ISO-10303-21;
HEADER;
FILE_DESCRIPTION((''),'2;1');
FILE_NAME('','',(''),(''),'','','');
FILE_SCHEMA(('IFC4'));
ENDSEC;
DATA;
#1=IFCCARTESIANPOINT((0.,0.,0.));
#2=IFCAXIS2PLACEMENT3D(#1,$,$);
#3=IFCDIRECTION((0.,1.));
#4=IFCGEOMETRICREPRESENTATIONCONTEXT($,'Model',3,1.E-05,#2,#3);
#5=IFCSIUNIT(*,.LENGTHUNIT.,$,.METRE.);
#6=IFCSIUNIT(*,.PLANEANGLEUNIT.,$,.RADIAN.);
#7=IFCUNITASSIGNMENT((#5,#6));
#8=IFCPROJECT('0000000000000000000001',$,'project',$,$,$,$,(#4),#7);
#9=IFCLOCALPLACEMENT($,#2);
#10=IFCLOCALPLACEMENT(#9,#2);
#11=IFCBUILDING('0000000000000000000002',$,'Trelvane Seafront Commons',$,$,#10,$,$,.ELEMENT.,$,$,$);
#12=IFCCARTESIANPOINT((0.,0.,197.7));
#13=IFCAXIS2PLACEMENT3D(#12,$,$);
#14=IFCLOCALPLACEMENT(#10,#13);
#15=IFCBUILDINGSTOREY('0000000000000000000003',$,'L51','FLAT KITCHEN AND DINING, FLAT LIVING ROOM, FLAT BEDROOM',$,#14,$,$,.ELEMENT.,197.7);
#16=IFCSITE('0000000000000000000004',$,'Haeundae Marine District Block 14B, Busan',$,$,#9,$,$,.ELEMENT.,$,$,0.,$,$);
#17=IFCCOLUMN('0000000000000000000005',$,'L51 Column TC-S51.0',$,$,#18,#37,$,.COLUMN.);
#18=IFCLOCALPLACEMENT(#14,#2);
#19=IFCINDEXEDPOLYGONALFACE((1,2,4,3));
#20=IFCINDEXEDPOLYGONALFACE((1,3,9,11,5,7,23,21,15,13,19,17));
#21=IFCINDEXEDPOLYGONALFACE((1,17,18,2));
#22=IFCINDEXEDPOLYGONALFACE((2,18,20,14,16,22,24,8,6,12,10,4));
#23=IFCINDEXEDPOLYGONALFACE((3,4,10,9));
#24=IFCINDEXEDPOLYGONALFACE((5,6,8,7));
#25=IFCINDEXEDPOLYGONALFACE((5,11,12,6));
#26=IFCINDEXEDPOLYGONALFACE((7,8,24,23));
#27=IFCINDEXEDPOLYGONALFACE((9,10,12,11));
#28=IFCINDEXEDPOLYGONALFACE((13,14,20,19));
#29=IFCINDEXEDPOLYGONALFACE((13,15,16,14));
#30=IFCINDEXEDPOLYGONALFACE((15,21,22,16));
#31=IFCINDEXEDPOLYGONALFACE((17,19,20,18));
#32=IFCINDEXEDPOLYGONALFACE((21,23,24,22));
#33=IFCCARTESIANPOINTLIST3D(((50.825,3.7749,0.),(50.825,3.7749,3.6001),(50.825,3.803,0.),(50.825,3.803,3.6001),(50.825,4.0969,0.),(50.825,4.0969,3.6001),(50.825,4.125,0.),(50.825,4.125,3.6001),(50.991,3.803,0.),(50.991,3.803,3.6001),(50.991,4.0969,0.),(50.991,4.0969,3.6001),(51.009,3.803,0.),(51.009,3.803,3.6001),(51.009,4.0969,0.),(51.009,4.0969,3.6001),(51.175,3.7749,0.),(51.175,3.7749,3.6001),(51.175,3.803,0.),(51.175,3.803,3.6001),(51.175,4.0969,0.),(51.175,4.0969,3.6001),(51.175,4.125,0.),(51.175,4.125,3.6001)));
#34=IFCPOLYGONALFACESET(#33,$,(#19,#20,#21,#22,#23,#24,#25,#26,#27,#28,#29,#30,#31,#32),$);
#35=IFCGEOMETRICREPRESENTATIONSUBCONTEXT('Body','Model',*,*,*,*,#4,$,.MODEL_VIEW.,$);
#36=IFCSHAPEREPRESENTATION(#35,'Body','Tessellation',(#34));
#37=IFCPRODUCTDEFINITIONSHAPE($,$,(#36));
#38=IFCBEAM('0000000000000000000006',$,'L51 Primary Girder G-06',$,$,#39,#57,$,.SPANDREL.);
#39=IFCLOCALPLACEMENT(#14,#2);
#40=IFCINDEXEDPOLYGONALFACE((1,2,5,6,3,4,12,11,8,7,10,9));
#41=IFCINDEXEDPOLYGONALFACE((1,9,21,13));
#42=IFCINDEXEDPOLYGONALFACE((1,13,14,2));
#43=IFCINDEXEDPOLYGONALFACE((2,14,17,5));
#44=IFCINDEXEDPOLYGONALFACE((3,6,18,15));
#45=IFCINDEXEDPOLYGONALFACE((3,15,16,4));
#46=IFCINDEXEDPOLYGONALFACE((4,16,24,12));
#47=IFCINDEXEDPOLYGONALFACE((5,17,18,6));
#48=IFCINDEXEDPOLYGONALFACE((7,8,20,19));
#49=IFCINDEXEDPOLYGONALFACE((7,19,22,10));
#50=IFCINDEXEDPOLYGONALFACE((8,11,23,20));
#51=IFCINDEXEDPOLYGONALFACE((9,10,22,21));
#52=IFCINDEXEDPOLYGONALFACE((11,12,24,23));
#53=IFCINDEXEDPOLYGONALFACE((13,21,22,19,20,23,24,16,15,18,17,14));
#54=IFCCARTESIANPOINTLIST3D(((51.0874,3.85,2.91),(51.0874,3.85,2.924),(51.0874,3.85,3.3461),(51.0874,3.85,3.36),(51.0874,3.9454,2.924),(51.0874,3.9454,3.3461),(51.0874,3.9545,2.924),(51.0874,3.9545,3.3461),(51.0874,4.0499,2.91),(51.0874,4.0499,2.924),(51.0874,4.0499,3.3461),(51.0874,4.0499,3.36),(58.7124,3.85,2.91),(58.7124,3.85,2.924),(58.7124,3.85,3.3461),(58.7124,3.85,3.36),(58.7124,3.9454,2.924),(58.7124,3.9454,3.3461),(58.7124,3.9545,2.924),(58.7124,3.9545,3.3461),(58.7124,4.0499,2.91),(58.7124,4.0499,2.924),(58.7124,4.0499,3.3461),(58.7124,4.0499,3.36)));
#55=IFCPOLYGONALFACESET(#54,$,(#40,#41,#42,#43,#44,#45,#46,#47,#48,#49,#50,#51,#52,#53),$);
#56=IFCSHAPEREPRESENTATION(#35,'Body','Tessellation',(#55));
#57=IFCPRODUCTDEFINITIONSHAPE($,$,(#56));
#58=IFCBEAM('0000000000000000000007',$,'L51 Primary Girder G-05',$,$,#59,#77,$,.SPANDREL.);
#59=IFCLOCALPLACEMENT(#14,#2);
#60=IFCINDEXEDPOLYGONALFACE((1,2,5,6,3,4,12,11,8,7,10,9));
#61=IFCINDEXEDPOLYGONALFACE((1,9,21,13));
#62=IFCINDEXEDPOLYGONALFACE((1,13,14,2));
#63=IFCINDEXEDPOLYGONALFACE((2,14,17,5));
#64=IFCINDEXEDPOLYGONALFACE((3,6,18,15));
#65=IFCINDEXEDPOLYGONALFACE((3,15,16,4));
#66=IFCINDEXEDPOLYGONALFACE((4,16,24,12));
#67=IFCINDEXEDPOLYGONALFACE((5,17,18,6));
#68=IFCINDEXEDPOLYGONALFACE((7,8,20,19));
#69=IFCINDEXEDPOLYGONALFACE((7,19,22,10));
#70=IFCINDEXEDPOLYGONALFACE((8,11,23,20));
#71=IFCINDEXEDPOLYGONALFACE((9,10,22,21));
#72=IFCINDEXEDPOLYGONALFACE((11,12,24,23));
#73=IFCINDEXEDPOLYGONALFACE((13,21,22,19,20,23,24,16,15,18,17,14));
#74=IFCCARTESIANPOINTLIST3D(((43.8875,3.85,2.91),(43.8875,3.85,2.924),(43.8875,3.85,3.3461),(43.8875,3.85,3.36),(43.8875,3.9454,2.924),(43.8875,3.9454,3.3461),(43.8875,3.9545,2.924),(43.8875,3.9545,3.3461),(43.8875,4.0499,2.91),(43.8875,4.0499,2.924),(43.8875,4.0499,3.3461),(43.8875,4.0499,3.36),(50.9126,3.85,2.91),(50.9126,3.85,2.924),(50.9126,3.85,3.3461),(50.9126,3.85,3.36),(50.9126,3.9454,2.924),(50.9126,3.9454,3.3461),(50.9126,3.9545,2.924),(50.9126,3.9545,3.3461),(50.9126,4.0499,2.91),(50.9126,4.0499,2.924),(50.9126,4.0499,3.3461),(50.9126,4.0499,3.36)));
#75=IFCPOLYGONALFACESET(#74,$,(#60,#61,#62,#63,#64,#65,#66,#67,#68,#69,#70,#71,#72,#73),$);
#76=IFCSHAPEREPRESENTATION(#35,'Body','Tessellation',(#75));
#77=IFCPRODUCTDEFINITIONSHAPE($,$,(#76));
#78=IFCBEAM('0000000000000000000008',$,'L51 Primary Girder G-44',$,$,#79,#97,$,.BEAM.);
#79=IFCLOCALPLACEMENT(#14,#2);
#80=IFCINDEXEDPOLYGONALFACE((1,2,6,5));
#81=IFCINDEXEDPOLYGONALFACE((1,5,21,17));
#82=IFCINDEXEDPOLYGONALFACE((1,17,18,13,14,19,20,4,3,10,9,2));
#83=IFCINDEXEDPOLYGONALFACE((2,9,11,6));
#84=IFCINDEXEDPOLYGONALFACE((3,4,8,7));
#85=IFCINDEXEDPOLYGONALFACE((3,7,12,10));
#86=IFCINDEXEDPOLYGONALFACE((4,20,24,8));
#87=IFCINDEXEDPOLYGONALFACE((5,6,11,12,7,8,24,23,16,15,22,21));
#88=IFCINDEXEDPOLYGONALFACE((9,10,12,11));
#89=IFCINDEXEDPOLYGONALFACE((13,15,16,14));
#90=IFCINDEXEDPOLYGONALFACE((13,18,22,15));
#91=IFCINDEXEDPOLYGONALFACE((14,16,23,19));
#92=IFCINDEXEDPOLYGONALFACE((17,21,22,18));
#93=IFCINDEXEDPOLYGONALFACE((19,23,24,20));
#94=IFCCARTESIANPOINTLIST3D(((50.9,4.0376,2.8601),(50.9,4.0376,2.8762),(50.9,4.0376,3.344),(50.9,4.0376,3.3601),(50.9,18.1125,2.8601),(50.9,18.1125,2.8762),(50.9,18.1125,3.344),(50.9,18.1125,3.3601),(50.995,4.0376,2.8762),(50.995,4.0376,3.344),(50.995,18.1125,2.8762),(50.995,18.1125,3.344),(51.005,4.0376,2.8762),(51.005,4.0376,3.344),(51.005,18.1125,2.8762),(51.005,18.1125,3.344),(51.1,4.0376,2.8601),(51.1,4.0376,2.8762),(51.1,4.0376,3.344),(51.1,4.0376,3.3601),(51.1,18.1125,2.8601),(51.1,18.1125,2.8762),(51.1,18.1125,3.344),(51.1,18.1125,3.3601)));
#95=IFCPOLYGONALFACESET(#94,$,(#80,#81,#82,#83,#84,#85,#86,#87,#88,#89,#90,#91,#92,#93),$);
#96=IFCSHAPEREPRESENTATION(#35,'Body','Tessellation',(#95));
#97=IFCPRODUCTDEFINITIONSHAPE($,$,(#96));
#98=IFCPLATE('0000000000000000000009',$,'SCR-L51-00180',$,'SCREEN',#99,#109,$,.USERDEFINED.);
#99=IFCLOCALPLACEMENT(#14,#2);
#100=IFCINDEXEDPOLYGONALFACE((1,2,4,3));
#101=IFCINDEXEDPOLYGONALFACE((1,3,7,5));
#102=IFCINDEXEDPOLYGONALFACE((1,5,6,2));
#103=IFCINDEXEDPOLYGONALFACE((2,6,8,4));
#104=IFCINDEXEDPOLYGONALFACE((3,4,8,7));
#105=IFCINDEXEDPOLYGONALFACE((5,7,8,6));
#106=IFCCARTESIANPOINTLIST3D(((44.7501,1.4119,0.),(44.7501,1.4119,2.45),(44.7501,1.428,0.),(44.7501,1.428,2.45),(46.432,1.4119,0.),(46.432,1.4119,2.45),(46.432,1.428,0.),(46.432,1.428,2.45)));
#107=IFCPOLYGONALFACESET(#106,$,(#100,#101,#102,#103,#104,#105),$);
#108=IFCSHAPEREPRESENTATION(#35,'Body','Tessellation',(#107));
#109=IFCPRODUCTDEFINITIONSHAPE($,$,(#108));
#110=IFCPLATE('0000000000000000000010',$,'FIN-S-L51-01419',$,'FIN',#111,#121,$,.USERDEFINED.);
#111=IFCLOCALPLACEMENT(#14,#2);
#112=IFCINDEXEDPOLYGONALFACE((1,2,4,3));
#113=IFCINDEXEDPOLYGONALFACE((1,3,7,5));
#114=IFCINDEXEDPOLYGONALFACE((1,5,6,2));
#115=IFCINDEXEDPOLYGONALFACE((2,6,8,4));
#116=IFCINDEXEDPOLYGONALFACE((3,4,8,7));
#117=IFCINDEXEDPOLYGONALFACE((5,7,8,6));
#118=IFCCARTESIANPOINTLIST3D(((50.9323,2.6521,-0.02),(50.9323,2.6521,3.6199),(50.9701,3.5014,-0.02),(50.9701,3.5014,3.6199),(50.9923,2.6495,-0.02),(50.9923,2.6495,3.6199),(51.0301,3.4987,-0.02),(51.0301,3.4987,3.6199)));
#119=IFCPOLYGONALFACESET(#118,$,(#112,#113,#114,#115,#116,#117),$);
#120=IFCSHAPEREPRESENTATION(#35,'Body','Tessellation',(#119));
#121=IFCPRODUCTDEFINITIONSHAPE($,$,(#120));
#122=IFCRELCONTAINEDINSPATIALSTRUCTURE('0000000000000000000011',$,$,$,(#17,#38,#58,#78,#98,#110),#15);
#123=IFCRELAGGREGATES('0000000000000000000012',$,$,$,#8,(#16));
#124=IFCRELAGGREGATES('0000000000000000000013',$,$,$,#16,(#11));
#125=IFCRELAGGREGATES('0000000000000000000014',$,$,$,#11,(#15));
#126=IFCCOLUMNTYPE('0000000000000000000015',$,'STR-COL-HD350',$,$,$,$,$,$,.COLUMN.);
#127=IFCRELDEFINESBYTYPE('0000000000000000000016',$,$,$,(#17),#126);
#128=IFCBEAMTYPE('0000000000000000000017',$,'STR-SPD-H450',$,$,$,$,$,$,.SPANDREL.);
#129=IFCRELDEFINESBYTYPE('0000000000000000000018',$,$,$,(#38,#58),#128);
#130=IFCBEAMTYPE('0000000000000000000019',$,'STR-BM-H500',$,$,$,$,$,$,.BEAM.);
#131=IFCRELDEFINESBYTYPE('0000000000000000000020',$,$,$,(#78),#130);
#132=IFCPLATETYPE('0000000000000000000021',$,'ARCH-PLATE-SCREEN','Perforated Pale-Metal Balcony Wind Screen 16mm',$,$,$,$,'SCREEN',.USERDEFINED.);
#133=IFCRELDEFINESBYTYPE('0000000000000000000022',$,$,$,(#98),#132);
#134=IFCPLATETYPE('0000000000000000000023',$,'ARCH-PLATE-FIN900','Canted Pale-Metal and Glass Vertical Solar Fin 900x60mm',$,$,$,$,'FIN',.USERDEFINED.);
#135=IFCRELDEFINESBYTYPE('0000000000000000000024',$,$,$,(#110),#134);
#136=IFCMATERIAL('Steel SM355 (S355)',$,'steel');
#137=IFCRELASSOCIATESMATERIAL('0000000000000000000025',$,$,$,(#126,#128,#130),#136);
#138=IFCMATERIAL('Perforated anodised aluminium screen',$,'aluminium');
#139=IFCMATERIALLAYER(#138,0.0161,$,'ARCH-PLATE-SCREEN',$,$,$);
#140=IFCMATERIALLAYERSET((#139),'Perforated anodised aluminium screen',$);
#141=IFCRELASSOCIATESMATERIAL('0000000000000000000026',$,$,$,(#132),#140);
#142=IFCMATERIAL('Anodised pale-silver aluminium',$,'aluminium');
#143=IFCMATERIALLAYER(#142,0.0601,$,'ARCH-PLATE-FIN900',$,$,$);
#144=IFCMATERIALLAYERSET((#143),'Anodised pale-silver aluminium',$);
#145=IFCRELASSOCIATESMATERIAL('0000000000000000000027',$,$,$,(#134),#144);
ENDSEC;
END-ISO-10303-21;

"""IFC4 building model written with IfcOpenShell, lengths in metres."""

from ifc_helpers import new_model, si_unit, direction, frame, origin, origin_2d, place, context, subcontext, project, spatial, rectangle, i_section, extrude, source, transform, mapped, material, layer, layer_set, material_profile, profile_set, type_object, element, save


model = new_model("IFC4")

# Units and contexts
model_context = context("Model", 3, precision=1e-05, world=origin(), true_north=direction((0.0, 1.0)))
body_context = subcontext(model_context, "Body", "Model", "MODEL_VIEW")
ifc_project = project(units=[si_unit("LENGTHUNIT", "METRE"), si_unit("PLANEANGLEUNIT", "RADIAN")], contexts=[model_context])

# Site, building, storey
site_placement = place(None, origin())
site = spatial("IfcSite", under=ifc_project, at=site_placement, Name="Haeundae Marine District Block 14B, Busan", CompositionType="ELEMENT", RefElevation=0.0)
building_placement = place(site_placement, origin())
building = spatial("IfcBuilding", under=site, at=building_placement, Name="Trelvane Seafront Commons", CompositionType="ELEMENT")
storey_placement = place(building_placement, frame((0.0, 0.0, 197.7)))
storey = spatial("IfcBuildingStorey", under=building, at=storey_placement, Name="L51", Description="FLAT KITCHEN AND DINING, FLAT LIVING ROOM, FLAT BEDROOM", CompositionType="ELEMENT", Elevation=197.7)

# Column
ifc_material_1 = material(Name="Steel SM355 (S355)", Category="steel")
ifc_material_profile_1 = material_profile(ifc_material_1, i_section(OverallWidth=0.3501, OverallDepth=0.3501, WebThickness=0.0181, FlangeThickness=0.0281, at=origin_2d()), Name="HD-350x350x18x28")
ifc_profile_set_1 = profile_set([ifc_material_profile_1], Name="Steel SM355 (S355)")
column_type = type_object("IfcColumnType", Name="STR-COL-HD350", PredefinedType="COLUMN", material=ifc_profile_set_1)
shared_shape_1 = source(origin(), body_context, "Body", "SweptSolid", [
    extrude(i_section(OverallWidth=0.3501, OverallDepth=0.3501, WebThickness=0.0181, FlangeThickness=0.0281, at=origin_2d()), origin(), (0.0, 0.0, 1.0), 3.6001),
])
column_placement = place(storey_placement, frame((51.0, 3.95, 0.0), z_axis=(0.0, 0.0, 1.0), x_axis=(1.0, 0.0, 0.0)))
element("IfcColumn", 1, at=column_placement, inside=storey, type_object=column_type, Name="L51 Column TC-S51.0", PredefinedType="COLUMN", context=body_context, shape_type="MappedRepresentation", body=[
    mapped(shared_shape_1, transform((0.0, 0.0, 0.0), x_axis=(1.0, 0.0, 0.0), y_axis=(0.0, 1.0, 0.0), z_axis=(0.0, 0.0, 1.0), scale=1.0)),
])

# Beams
ifc_material_profile_2 = material_profile(ifc_material_1, i_section(OverallWidth=0.2, OverallDepth=0.45, WebThickness=0.009, FlangeThickness=0.0139, at=origin_2d()), Name="H-450x200x9x14")
ifc_profile_set_2 = profile_set([ifc_material_profile_2], Name="Steel SM355 (S355)")
beam_type_1 = type_object("IfcBeamType", Name="STR-SPD-H450", PredefinedType="SPANDREL", material=ifc_profile_set_2)
shared_shape_2 = source(origin(), body_context, "Body", "SweptSolid", [
    extrude(i_section(OverallWidth=0.2, OverallDepth=0.45, WebThickness=0.009, FlangeThickness=0.0139, at=origin_2d()), origin(), (0.0, 0.0, 1.0), 7.625),
])
beam_1_placement = place(storey_placement, frame((51.0874, 3.95, 3.135), z_axis=(1.0, 0.0, 0.0), x_axis=(0.0, 1.0, 0.0)))
element("IfcBeam", 2, at=beam_1_placement, inside=storey, type_object=beam_type_1, Name="L51 Primary Girder G-06", PredefinedType="SPANDREL", context=body_context, shape_type="MappedRepresentation", body=[
    mapped(shared_shape_2, transform((0.0, 0.0, 0.0), x_axis=(1.0, 0.0, 0.0), y_axis=(0.0, 1.0, 0.0), z_axis=(0.0, 0.0, 1.0), scale=1.0)),
])
shared_shape_3 = source(origin(), body_context, "Body", "SweptSolid", [
    extrude(i_section(OverallWidth=0.2, OverallDepth=0.45, WebThickness=0.009, FlangeThickness=0.0139, at=origin_2d()), origin(), (0.0, 0.0, 1.0), 7.0251),
])
beam_2_placement = place(storey_placement, frame((43.8875, 3.95, 3.135), z_axis=(1.0, 0.0, 0.0), x_axis=(0.0, 1.0, 0.0)))
element("IfcBeam", 3, at=beam_2_placement, inside=storey, type_object=beam_type_1, Name="L51 Primary Girder G-05", PredefinedType="SPANDREL", context=body_context, shape_type="MappedRepresentation", body=[
    mapped(shared_shape_3, transform((0.0, 0.0, 0.0), x_axis=(1.0, 0.0, 0.0), y_axis=(0.0, 1.0, 0.0), z_axis=(0.0, 0.0, 1.0), scale=1.0)),
])
ifc_material_profile_3 = material_profile(ifc_material_1, i_section(OverallWidth=0.2, OverallDepth=0.5, WebThickness=0.01, FlangeThickness=0.0161, at=origin_2d()), Name="H-500x200x10x16")
ifc_profile_set_3 = profile_set([ifc_material_profile_3], Name="Steel SM355 (S355)")
beam_type_2 = type_object("IfcBeamType", Name="STR-BM-H500", PredefinedType="BEAM", material=ifc_profile_set_3)
shared_shape_4 = source(origin(), body_context, "Body", "SweptSolid", [
    extrude(i_section(OverallWidth=0.2, OverallDepth=0.5, WebThickness=0.01, FlangeThickness=0.0161, at=origin_2d()), origin(), (0.0, 0.0, 1.0), 14.075),
])
beam_3_placement = place(storey_placement, frame((51.0, 4.0376, 3.1101), z_axis=(0.0, 1.0, 0.0), x_axis=(-1.0, 0.0, 0.0)))
element("IfcBeam", 4, at=beam_3_placement, inside=storey, type_object=beam_type_2, Name="L51 Primary Girder G-44", PredefinedType="BEAM", context=body_context, shape_type="MappedRepresentation", body=[
    mapped(shared_shape_4, transform((0.0, 0.0, 0.0), x_axis=(1.0, 0.0, 0.0), y_axis=(0.0, 1.0, 0.0), z_axis=(0.0, 0.0, 1.0), scale=1.0)),
])

# Plates
ifc_material_2 = material(Name="Perforated anodised aluminium screen", Category="aluminium")
ifc_layer_1 = layer(ifc_material_2, 0.0161, Name="ARCH-PLATE-SCREEN")
ifc_layer_set_1 = layer_set([ifc_layer_1], Name="Perforated anodised aluminium screen")
plate_type_1 = type_object("IfcPlateType", Name="ARCH-PLATE-SCREEN", Description="Perforated Pale-Metal Balcony Wind Screen 16mm", ElementType="SCREEN", PredefinedType="USERDEFINED", material=ifc_layer_set_1)
shared_shape_5 = source(origin(), body_context, "Body", "SweptSolid", [
    extrude(rectangle(XDim=1.6819, YDim=0.0161, at=origin_2d()), origin(), (0.0, 0.0, 1.0), 2.45),
])
plate_1_placement = place(storey_placement, frame((45.5911, 1.4199, 0.0), z_axis=(0.0, 0.0, 1.0), x_axis=(1.0, 0.0, 0.0)))
element("IfcPlate", 5, at=plate_1_placement, inside=storey, type_object=plate_type_1, Name="SCR-L51-00180", ObjectType="SCREEN", PredefinedType="USERDEFINED", context=body_context, shape_type="MappedRepresentation", body=[
    mapped(shared_shape_5, transform((0.0, 0.0, 0.0), x_axis=(1.0, 0.0, 0.0), y_axis=(0.0, 1.0, 0.0), z_axis=(0.0, 0.0, 1.0), scale=1.0)),
])
ifc_material_3 = material(Name="Anodised pale-silver aluminium", Category="aluminium")
ifc_layer_2 = layer(ifc_material_3, 0.0601, Name="ARCH-PLATE-FIN900")
ifc_layer_set_2 = layer_set([ifc_layer_2], Name="Anodised pale-silver aluminium")
plate_type_2 = type_object("IfcPlateType", Name="ARCH-PLATE-FIN900", Description="Canted Pale-Metal and Glass Vertical Solar Fin 900x60mm", ElementType="FIN", PredefinedType="USERDEFINED", material=ifc_layer_set_2)
shared_shape_6 = source(origin(), body_context, "Body", "SweptSolid", [
    extrude(rectangle(XDim=0.8501, YDim=0.0601, at=origin_2d()), origin(), (0.0, 0.0, 1.0), 3.6399),
])
plate_2_placement = place(storey_placement, frame((50.9812, 3.0754, -0.02), z_axis=(0.0, 0.0, 1.0), x_axis=(-0.044352, -0.999016, 0.0)))
element("IfcPlate", 6, at=plate_2_placement, inside=storey, type_object=plate_type_2, Name="FIN-S-L51-01419", ObjectType="FIN", PredefinedType="USERDEFINED", context=body_context, shape_type="MappedRepresentation", body=[
    mapped(shared_shape_6, transform((0.0, 0.0, 0.0), x_axis=(1.0, 0.0, 0.0), y_axis=(0.0, 1.0, 0.0), z_axis=(0.0, 0.0, 1.0), scale=1.0)),
])

save(model, "model.ifc")
